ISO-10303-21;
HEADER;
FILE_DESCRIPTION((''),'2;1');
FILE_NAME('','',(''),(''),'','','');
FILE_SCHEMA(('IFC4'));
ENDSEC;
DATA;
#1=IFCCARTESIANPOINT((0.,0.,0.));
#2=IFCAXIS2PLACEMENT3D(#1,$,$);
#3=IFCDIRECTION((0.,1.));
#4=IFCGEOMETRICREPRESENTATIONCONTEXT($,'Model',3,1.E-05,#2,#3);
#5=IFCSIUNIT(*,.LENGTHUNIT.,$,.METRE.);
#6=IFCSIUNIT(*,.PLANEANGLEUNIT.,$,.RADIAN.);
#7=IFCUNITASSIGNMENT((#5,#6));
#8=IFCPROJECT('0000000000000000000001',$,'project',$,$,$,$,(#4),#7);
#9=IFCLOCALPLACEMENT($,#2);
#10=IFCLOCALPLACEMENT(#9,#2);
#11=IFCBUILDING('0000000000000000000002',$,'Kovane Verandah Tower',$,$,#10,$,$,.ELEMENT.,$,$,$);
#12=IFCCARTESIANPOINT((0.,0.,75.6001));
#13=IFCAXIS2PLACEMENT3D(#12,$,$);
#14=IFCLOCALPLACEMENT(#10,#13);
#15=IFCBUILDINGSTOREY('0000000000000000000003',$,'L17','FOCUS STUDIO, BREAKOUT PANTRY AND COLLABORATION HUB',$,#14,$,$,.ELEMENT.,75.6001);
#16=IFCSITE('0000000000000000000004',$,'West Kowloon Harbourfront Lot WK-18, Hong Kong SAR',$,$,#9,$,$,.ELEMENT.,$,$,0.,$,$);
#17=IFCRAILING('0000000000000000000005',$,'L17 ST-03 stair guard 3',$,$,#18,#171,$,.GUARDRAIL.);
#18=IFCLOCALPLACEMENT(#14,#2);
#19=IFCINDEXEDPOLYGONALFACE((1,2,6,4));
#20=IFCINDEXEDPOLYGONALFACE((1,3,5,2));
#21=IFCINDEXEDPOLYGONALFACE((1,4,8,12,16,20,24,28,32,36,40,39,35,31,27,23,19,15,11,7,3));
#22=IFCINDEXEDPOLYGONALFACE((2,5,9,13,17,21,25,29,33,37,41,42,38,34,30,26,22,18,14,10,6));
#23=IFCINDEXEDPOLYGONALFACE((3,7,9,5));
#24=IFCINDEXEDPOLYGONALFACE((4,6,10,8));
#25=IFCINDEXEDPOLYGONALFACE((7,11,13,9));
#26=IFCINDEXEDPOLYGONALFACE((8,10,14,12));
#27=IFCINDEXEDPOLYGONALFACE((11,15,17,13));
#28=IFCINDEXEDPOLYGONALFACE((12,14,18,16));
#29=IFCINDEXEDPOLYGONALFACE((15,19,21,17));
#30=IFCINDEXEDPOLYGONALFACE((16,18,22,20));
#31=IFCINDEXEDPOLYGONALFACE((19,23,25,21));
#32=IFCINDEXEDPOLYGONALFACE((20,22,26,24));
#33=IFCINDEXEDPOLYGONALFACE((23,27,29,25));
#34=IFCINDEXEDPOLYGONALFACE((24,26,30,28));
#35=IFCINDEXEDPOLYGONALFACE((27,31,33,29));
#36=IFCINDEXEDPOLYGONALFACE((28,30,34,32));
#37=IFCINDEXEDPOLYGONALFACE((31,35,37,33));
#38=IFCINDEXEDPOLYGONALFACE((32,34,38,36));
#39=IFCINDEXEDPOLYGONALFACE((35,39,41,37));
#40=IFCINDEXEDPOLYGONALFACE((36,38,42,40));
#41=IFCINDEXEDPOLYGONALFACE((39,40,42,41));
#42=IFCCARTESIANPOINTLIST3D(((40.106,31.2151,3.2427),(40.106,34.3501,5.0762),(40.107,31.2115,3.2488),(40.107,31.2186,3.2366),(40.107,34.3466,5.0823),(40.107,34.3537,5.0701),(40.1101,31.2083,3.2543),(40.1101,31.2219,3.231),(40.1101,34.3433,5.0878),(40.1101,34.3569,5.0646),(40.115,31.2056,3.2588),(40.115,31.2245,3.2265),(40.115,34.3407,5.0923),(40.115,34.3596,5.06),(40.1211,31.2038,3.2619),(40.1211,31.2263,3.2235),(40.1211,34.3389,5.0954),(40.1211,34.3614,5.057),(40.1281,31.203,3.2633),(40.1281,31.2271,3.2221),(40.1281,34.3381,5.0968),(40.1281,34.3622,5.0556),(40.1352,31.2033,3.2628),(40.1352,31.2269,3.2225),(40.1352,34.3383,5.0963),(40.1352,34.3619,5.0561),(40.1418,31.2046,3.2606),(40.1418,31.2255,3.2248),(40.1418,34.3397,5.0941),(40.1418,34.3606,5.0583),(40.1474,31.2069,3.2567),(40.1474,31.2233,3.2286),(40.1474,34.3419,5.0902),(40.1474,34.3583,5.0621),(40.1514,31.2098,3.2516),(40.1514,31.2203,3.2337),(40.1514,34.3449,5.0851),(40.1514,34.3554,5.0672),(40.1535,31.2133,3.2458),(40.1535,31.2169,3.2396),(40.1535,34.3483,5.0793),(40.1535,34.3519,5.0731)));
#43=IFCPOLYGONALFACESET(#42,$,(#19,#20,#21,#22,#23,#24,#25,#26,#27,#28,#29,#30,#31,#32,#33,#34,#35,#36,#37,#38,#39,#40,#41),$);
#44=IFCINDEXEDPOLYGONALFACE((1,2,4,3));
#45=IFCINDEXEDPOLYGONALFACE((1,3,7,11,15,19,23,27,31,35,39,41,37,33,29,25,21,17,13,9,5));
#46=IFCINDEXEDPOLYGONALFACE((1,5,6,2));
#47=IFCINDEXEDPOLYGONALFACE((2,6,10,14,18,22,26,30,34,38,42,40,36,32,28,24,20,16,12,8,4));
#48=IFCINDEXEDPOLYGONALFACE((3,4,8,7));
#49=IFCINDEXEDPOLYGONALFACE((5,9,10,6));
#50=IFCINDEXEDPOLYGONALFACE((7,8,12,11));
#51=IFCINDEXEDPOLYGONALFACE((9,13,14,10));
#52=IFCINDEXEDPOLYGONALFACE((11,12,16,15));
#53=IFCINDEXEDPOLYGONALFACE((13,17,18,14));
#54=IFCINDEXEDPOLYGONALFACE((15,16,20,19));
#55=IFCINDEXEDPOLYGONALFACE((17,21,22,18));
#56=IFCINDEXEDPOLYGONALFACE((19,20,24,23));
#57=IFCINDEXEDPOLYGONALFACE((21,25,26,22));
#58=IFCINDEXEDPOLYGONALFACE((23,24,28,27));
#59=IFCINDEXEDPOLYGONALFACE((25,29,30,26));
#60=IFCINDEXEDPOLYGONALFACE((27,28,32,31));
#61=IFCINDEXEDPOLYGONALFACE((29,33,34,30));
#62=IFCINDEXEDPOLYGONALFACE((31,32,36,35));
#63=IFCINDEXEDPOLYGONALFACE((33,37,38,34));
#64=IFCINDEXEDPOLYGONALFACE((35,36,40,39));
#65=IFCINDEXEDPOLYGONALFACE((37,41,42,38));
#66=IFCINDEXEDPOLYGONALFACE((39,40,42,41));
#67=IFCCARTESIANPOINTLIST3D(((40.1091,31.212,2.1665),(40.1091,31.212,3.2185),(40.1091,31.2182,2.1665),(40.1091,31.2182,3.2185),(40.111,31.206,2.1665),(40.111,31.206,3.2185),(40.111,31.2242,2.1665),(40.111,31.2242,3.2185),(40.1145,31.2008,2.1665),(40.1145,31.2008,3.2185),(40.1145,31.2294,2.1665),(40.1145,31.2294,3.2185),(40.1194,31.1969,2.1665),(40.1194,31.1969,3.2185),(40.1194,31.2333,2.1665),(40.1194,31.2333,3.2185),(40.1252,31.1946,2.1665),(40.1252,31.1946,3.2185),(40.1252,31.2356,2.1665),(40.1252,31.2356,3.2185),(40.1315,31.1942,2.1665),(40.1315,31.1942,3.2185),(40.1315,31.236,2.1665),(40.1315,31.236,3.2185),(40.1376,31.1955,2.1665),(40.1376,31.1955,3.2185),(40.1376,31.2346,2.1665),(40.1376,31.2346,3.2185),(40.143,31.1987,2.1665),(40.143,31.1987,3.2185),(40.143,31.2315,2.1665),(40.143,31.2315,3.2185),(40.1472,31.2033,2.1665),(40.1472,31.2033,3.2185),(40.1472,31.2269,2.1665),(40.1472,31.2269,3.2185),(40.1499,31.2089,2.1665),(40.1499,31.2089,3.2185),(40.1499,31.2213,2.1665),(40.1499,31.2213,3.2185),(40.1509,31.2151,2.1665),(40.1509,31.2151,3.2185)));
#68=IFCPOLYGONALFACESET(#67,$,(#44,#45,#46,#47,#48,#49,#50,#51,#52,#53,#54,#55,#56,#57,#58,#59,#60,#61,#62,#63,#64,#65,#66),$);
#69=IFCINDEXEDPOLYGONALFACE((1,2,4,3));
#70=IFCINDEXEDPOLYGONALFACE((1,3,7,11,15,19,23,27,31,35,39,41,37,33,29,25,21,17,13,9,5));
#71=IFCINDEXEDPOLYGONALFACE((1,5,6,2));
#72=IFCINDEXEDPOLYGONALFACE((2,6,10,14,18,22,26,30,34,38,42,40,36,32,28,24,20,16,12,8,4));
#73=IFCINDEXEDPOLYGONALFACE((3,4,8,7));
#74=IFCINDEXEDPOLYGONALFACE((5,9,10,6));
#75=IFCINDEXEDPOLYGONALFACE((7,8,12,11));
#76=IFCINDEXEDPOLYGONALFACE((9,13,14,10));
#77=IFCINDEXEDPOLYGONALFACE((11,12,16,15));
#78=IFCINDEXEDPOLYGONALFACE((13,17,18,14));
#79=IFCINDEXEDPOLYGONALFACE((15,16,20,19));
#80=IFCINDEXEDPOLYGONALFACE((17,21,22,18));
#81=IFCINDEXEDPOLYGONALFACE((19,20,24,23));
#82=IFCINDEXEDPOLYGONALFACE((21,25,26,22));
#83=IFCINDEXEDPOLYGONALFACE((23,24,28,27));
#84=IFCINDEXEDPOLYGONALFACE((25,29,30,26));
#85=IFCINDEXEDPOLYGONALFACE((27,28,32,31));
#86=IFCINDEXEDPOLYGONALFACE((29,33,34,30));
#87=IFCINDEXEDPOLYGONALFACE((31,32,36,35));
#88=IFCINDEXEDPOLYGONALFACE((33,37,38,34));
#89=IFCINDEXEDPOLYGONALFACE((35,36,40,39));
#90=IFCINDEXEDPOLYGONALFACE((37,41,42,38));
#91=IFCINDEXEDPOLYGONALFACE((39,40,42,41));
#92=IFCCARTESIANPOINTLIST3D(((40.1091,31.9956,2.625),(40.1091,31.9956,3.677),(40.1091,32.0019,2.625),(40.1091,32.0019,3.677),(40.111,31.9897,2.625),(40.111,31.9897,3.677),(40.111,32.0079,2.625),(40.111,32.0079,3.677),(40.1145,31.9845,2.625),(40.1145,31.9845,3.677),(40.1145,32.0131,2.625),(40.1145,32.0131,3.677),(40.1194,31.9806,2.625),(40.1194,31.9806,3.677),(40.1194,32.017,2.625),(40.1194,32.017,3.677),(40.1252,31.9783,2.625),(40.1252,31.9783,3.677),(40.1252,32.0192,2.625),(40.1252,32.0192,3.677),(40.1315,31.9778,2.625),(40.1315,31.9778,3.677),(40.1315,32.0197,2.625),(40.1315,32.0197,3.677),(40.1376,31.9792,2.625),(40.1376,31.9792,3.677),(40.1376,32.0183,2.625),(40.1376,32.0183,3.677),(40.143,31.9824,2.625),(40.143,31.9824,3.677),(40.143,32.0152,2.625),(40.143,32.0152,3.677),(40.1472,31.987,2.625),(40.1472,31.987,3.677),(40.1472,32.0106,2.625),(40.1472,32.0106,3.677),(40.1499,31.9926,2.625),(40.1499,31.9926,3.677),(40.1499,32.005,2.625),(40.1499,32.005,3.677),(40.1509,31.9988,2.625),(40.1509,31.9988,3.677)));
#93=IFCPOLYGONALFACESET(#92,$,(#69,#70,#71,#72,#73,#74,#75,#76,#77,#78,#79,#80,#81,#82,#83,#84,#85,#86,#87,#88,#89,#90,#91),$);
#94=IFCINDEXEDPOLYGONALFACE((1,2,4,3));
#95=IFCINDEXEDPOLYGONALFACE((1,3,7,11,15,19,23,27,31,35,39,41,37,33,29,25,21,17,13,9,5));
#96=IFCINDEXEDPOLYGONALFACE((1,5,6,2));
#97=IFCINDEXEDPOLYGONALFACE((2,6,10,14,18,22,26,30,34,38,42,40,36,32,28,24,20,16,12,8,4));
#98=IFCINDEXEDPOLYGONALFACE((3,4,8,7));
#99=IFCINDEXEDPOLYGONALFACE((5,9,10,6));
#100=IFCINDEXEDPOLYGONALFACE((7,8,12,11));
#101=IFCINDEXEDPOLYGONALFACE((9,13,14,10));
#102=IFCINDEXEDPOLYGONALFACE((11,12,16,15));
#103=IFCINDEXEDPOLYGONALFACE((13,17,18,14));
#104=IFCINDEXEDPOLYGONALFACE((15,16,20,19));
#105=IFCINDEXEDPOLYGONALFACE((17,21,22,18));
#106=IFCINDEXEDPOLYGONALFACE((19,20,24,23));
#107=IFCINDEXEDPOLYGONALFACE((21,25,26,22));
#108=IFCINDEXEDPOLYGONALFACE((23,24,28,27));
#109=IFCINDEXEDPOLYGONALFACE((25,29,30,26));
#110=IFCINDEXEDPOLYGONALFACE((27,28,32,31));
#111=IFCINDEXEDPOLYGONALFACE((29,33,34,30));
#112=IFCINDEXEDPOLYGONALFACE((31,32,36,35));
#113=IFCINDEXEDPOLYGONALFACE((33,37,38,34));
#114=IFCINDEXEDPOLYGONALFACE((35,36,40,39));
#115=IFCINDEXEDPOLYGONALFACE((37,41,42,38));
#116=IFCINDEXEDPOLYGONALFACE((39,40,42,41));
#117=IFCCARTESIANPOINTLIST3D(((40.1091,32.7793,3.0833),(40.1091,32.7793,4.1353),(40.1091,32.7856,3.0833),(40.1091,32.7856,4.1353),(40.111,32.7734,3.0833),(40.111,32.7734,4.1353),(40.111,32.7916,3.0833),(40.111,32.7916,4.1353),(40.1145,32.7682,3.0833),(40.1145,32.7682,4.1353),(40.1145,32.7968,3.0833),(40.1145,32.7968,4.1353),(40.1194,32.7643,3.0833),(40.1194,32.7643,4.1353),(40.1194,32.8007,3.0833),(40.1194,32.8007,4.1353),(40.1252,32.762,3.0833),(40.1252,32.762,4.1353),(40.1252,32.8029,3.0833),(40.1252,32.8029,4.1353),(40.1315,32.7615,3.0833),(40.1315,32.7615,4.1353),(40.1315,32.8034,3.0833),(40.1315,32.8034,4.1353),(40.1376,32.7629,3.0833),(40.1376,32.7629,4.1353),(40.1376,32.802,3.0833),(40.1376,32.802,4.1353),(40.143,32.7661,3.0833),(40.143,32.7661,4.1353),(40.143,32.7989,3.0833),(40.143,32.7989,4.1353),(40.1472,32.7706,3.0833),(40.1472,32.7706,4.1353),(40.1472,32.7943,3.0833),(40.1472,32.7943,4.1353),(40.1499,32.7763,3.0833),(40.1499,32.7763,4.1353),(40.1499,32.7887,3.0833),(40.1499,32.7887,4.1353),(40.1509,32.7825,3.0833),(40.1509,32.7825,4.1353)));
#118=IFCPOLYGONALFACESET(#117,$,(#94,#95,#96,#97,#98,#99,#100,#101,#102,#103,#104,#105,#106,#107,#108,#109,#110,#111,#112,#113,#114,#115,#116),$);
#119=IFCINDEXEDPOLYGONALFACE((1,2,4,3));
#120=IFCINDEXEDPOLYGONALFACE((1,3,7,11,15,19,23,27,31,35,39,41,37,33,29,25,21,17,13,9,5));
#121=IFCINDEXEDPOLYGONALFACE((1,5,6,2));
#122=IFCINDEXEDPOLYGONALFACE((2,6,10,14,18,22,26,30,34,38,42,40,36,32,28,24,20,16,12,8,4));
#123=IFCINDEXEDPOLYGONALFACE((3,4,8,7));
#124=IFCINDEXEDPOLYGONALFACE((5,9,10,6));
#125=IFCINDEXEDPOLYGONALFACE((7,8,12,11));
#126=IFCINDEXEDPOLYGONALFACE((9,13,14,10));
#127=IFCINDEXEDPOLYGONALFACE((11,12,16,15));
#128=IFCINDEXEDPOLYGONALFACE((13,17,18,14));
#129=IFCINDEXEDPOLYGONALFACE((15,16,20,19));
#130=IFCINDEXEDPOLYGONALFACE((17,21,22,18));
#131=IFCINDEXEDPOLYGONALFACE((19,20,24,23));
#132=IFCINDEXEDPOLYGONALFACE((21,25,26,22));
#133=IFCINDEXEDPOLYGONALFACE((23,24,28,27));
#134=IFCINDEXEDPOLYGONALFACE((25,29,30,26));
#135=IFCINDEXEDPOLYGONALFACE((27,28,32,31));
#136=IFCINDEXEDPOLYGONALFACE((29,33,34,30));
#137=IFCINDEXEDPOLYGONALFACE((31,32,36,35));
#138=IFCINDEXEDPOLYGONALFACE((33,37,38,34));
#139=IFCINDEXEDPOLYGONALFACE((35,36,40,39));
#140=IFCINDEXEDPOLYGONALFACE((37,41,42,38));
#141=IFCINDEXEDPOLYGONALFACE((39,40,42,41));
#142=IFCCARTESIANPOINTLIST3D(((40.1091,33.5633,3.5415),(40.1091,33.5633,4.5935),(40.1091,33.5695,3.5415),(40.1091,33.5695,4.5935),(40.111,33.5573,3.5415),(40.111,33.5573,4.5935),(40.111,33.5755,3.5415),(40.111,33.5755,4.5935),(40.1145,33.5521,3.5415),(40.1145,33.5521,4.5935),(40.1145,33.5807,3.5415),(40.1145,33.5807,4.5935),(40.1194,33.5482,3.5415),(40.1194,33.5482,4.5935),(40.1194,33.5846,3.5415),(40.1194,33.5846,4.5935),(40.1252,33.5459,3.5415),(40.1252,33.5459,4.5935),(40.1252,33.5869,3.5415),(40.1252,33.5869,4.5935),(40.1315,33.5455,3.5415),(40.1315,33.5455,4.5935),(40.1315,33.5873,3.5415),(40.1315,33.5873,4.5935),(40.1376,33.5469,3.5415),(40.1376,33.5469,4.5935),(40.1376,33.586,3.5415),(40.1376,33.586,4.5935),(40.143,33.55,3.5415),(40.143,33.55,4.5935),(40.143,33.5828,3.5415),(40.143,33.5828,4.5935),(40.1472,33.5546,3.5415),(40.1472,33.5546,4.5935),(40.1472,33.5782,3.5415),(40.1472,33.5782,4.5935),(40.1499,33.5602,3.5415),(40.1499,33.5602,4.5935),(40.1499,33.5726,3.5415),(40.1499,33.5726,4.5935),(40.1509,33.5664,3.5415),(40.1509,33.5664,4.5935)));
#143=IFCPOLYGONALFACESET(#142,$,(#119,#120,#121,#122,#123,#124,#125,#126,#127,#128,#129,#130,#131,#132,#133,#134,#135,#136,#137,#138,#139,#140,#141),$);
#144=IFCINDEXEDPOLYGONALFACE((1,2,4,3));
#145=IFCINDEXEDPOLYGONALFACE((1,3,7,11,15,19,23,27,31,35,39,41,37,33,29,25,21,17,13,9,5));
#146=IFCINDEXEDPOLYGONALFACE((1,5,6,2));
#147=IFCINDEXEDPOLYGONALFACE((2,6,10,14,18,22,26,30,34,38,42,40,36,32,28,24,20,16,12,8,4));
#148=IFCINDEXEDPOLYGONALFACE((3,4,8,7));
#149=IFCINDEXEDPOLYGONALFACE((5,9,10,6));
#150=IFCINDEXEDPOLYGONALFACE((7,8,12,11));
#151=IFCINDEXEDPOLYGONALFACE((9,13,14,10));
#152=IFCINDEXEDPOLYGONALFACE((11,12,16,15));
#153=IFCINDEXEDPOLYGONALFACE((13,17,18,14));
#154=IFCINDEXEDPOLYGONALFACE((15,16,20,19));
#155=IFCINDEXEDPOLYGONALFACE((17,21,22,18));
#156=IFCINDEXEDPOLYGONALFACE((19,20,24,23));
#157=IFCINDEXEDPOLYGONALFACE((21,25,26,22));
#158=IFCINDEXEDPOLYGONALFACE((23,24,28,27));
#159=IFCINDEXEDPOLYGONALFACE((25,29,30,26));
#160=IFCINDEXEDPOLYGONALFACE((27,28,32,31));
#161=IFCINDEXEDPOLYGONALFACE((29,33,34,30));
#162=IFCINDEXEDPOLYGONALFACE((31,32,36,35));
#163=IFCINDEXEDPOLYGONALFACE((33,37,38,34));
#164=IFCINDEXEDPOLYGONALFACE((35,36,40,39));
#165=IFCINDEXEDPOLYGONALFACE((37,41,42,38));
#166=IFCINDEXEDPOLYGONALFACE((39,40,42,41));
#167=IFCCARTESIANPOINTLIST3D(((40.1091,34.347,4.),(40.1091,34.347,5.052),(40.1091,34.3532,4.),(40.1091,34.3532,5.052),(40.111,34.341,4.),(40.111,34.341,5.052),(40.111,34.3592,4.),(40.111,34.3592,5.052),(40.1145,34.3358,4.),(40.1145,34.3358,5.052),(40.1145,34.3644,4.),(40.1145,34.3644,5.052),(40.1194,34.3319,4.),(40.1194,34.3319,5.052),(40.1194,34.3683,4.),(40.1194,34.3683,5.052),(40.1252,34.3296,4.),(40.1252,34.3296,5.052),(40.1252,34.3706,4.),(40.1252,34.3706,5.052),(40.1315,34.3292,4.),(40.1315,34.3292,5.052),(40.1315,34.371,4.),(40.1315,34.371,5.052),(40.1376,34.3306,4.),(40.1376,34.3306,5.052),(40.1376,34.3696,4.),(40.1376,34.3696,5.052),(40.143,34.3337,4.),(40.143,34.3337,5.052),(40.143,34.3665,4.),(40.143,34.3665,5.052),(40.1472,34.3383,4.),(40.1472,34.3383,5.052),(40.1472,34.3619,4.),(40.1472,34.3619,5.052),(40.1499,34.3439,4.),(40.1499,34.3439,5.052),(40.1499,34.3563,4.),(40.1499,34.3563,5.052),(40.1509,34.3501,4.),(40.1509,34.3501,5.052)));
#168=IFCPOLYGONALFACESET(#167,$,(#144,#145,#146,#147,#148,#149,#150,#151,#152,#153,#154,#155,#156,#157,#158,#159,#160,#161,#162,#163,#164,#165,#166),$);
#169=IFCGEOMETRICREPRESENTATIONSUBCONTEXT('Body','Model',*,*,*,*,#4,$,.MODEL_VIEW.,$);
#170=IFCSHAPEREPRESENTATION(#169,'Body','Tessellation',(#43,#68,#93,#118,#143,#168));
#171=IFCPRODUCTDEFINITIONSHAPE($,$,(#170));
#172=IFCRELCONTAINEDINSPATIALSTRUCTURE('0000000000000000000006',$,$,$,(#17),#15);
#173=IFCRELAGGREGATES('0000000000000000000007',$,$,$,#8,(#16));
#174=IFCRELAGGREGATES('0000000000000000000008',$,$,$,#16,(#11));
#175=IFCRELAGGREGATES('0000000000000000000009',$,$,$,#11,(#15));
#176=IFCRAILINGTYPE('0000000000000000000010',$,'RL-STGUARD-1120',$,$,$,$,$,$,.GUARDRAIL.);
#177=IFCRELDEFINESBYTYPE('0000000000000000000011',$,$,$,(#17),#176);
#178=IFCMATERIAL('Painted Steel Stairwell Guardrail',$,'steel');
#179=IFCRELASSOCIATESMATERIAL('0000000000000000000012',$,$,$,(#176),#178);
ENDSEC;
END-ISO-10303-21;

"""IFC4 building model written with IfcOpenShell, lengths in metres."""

from ifc_helpers import new_model, si_unit, direction, frame, origin, origin_2d, place, context, subcontext, project, spatial, circle, extrude, material, type_object, element, save


model = new_model("IFC4")

# Units and contexts
model_context = context("Model", 3, precision=1e-05, world=origin(), true_north=direction((0.0, 1.0)))
body_context = subcontext(model_context, "Body", "Model", "MODEL_VIEW")
ifc_project = project(units=[si_unit("LENGTHUNIT", "METRE"), si_unit("PLANEANGLEUNIT", "RADIAN")], contexts=[model_context])

# Site, building, storey
site_placement = place(None, origin())
site = spatial("IfcSite", under=ifc_project, at=site_placement, Name="West Kowloon Harbourfront Lot WK-18, Hong Kong SAR", CompositionType="ELEMENT", RefElevation=0.0)
building_placement = place(site_placement, origin())
building = spatial("IfcBuilding", under=site, at=building_placement, Name="Kovane Verandah Tower", CompositionType="ELEMENT")
storey_placement = place(building_placement, frame((0.0, 0.0, 75.6001)))
storey = spatial("IfcBuildingStorey", under=building, at=storey_placement, Name="L17", Description="FOCUS STUDIO, BREAKOUT PANTRY AND COLLABORATION HUB", CompositionType="ELEMENT", Elevation=75.6001)

# Railing
ifc_material_1 = material(Name="Painted Steel Stairwell Guardrail", Category="steel")
railing_type_1 = type_object("IfcRailingType", Name="RL-STGUARD-1120", PredefinedType="GUARDRAIL", material=ifc_material_1)
railing_1_placement = place(storey_placement, frame((40.1299, 31.2151, 2.1665)))
element("IfcRailing", 1, at=railing_1_placement, inside=storey, type_object=railing_type_1, Name="L17 ST-03 stair guard 3", PredefinedType="GUARDRAIL", context=body_context, shape_type="SweptSolid", body=[
    extrude(circle(Radius=0.0239, at=origin_2d()), frame((0.0, 0.0, 1.0762), z_axis=(0.0, 0.86321, 0.504845), x_axis=(-1.0, 0.0, 0.0)), (0.0, 0.0, 1.0), 3.6318),
    extrude(circle(Radius=0.021, at=origin_2d()), origin(), (0.0, 0.0, 1.0), 1.052),
    extrude(circle(Radius=0.021, at=origin_2d()), frame((0.0, 0.7837, 0.4585)), (0.0, 0.0, 1.0), 1.052),
    extrude(circle(Radius=0.021, at=origin_2d()), frame((0.0, 1.5674, 0.9167)), (0.0, 0.0, 1.0), 1.052),
    extrude(circle(Radius=0.021, at=origin_2d()), frame((0.0, 2.3513, 1.375)), (0.0, 0.0, 1.0), 1.052),
    extrude(circle(Radius=0.021, at=origin_2d()), frame((0.0, 3.135, 1.8335)), (0.0, 0.0, 1.0), 1.052),
])

save(model, "model.ifc")
